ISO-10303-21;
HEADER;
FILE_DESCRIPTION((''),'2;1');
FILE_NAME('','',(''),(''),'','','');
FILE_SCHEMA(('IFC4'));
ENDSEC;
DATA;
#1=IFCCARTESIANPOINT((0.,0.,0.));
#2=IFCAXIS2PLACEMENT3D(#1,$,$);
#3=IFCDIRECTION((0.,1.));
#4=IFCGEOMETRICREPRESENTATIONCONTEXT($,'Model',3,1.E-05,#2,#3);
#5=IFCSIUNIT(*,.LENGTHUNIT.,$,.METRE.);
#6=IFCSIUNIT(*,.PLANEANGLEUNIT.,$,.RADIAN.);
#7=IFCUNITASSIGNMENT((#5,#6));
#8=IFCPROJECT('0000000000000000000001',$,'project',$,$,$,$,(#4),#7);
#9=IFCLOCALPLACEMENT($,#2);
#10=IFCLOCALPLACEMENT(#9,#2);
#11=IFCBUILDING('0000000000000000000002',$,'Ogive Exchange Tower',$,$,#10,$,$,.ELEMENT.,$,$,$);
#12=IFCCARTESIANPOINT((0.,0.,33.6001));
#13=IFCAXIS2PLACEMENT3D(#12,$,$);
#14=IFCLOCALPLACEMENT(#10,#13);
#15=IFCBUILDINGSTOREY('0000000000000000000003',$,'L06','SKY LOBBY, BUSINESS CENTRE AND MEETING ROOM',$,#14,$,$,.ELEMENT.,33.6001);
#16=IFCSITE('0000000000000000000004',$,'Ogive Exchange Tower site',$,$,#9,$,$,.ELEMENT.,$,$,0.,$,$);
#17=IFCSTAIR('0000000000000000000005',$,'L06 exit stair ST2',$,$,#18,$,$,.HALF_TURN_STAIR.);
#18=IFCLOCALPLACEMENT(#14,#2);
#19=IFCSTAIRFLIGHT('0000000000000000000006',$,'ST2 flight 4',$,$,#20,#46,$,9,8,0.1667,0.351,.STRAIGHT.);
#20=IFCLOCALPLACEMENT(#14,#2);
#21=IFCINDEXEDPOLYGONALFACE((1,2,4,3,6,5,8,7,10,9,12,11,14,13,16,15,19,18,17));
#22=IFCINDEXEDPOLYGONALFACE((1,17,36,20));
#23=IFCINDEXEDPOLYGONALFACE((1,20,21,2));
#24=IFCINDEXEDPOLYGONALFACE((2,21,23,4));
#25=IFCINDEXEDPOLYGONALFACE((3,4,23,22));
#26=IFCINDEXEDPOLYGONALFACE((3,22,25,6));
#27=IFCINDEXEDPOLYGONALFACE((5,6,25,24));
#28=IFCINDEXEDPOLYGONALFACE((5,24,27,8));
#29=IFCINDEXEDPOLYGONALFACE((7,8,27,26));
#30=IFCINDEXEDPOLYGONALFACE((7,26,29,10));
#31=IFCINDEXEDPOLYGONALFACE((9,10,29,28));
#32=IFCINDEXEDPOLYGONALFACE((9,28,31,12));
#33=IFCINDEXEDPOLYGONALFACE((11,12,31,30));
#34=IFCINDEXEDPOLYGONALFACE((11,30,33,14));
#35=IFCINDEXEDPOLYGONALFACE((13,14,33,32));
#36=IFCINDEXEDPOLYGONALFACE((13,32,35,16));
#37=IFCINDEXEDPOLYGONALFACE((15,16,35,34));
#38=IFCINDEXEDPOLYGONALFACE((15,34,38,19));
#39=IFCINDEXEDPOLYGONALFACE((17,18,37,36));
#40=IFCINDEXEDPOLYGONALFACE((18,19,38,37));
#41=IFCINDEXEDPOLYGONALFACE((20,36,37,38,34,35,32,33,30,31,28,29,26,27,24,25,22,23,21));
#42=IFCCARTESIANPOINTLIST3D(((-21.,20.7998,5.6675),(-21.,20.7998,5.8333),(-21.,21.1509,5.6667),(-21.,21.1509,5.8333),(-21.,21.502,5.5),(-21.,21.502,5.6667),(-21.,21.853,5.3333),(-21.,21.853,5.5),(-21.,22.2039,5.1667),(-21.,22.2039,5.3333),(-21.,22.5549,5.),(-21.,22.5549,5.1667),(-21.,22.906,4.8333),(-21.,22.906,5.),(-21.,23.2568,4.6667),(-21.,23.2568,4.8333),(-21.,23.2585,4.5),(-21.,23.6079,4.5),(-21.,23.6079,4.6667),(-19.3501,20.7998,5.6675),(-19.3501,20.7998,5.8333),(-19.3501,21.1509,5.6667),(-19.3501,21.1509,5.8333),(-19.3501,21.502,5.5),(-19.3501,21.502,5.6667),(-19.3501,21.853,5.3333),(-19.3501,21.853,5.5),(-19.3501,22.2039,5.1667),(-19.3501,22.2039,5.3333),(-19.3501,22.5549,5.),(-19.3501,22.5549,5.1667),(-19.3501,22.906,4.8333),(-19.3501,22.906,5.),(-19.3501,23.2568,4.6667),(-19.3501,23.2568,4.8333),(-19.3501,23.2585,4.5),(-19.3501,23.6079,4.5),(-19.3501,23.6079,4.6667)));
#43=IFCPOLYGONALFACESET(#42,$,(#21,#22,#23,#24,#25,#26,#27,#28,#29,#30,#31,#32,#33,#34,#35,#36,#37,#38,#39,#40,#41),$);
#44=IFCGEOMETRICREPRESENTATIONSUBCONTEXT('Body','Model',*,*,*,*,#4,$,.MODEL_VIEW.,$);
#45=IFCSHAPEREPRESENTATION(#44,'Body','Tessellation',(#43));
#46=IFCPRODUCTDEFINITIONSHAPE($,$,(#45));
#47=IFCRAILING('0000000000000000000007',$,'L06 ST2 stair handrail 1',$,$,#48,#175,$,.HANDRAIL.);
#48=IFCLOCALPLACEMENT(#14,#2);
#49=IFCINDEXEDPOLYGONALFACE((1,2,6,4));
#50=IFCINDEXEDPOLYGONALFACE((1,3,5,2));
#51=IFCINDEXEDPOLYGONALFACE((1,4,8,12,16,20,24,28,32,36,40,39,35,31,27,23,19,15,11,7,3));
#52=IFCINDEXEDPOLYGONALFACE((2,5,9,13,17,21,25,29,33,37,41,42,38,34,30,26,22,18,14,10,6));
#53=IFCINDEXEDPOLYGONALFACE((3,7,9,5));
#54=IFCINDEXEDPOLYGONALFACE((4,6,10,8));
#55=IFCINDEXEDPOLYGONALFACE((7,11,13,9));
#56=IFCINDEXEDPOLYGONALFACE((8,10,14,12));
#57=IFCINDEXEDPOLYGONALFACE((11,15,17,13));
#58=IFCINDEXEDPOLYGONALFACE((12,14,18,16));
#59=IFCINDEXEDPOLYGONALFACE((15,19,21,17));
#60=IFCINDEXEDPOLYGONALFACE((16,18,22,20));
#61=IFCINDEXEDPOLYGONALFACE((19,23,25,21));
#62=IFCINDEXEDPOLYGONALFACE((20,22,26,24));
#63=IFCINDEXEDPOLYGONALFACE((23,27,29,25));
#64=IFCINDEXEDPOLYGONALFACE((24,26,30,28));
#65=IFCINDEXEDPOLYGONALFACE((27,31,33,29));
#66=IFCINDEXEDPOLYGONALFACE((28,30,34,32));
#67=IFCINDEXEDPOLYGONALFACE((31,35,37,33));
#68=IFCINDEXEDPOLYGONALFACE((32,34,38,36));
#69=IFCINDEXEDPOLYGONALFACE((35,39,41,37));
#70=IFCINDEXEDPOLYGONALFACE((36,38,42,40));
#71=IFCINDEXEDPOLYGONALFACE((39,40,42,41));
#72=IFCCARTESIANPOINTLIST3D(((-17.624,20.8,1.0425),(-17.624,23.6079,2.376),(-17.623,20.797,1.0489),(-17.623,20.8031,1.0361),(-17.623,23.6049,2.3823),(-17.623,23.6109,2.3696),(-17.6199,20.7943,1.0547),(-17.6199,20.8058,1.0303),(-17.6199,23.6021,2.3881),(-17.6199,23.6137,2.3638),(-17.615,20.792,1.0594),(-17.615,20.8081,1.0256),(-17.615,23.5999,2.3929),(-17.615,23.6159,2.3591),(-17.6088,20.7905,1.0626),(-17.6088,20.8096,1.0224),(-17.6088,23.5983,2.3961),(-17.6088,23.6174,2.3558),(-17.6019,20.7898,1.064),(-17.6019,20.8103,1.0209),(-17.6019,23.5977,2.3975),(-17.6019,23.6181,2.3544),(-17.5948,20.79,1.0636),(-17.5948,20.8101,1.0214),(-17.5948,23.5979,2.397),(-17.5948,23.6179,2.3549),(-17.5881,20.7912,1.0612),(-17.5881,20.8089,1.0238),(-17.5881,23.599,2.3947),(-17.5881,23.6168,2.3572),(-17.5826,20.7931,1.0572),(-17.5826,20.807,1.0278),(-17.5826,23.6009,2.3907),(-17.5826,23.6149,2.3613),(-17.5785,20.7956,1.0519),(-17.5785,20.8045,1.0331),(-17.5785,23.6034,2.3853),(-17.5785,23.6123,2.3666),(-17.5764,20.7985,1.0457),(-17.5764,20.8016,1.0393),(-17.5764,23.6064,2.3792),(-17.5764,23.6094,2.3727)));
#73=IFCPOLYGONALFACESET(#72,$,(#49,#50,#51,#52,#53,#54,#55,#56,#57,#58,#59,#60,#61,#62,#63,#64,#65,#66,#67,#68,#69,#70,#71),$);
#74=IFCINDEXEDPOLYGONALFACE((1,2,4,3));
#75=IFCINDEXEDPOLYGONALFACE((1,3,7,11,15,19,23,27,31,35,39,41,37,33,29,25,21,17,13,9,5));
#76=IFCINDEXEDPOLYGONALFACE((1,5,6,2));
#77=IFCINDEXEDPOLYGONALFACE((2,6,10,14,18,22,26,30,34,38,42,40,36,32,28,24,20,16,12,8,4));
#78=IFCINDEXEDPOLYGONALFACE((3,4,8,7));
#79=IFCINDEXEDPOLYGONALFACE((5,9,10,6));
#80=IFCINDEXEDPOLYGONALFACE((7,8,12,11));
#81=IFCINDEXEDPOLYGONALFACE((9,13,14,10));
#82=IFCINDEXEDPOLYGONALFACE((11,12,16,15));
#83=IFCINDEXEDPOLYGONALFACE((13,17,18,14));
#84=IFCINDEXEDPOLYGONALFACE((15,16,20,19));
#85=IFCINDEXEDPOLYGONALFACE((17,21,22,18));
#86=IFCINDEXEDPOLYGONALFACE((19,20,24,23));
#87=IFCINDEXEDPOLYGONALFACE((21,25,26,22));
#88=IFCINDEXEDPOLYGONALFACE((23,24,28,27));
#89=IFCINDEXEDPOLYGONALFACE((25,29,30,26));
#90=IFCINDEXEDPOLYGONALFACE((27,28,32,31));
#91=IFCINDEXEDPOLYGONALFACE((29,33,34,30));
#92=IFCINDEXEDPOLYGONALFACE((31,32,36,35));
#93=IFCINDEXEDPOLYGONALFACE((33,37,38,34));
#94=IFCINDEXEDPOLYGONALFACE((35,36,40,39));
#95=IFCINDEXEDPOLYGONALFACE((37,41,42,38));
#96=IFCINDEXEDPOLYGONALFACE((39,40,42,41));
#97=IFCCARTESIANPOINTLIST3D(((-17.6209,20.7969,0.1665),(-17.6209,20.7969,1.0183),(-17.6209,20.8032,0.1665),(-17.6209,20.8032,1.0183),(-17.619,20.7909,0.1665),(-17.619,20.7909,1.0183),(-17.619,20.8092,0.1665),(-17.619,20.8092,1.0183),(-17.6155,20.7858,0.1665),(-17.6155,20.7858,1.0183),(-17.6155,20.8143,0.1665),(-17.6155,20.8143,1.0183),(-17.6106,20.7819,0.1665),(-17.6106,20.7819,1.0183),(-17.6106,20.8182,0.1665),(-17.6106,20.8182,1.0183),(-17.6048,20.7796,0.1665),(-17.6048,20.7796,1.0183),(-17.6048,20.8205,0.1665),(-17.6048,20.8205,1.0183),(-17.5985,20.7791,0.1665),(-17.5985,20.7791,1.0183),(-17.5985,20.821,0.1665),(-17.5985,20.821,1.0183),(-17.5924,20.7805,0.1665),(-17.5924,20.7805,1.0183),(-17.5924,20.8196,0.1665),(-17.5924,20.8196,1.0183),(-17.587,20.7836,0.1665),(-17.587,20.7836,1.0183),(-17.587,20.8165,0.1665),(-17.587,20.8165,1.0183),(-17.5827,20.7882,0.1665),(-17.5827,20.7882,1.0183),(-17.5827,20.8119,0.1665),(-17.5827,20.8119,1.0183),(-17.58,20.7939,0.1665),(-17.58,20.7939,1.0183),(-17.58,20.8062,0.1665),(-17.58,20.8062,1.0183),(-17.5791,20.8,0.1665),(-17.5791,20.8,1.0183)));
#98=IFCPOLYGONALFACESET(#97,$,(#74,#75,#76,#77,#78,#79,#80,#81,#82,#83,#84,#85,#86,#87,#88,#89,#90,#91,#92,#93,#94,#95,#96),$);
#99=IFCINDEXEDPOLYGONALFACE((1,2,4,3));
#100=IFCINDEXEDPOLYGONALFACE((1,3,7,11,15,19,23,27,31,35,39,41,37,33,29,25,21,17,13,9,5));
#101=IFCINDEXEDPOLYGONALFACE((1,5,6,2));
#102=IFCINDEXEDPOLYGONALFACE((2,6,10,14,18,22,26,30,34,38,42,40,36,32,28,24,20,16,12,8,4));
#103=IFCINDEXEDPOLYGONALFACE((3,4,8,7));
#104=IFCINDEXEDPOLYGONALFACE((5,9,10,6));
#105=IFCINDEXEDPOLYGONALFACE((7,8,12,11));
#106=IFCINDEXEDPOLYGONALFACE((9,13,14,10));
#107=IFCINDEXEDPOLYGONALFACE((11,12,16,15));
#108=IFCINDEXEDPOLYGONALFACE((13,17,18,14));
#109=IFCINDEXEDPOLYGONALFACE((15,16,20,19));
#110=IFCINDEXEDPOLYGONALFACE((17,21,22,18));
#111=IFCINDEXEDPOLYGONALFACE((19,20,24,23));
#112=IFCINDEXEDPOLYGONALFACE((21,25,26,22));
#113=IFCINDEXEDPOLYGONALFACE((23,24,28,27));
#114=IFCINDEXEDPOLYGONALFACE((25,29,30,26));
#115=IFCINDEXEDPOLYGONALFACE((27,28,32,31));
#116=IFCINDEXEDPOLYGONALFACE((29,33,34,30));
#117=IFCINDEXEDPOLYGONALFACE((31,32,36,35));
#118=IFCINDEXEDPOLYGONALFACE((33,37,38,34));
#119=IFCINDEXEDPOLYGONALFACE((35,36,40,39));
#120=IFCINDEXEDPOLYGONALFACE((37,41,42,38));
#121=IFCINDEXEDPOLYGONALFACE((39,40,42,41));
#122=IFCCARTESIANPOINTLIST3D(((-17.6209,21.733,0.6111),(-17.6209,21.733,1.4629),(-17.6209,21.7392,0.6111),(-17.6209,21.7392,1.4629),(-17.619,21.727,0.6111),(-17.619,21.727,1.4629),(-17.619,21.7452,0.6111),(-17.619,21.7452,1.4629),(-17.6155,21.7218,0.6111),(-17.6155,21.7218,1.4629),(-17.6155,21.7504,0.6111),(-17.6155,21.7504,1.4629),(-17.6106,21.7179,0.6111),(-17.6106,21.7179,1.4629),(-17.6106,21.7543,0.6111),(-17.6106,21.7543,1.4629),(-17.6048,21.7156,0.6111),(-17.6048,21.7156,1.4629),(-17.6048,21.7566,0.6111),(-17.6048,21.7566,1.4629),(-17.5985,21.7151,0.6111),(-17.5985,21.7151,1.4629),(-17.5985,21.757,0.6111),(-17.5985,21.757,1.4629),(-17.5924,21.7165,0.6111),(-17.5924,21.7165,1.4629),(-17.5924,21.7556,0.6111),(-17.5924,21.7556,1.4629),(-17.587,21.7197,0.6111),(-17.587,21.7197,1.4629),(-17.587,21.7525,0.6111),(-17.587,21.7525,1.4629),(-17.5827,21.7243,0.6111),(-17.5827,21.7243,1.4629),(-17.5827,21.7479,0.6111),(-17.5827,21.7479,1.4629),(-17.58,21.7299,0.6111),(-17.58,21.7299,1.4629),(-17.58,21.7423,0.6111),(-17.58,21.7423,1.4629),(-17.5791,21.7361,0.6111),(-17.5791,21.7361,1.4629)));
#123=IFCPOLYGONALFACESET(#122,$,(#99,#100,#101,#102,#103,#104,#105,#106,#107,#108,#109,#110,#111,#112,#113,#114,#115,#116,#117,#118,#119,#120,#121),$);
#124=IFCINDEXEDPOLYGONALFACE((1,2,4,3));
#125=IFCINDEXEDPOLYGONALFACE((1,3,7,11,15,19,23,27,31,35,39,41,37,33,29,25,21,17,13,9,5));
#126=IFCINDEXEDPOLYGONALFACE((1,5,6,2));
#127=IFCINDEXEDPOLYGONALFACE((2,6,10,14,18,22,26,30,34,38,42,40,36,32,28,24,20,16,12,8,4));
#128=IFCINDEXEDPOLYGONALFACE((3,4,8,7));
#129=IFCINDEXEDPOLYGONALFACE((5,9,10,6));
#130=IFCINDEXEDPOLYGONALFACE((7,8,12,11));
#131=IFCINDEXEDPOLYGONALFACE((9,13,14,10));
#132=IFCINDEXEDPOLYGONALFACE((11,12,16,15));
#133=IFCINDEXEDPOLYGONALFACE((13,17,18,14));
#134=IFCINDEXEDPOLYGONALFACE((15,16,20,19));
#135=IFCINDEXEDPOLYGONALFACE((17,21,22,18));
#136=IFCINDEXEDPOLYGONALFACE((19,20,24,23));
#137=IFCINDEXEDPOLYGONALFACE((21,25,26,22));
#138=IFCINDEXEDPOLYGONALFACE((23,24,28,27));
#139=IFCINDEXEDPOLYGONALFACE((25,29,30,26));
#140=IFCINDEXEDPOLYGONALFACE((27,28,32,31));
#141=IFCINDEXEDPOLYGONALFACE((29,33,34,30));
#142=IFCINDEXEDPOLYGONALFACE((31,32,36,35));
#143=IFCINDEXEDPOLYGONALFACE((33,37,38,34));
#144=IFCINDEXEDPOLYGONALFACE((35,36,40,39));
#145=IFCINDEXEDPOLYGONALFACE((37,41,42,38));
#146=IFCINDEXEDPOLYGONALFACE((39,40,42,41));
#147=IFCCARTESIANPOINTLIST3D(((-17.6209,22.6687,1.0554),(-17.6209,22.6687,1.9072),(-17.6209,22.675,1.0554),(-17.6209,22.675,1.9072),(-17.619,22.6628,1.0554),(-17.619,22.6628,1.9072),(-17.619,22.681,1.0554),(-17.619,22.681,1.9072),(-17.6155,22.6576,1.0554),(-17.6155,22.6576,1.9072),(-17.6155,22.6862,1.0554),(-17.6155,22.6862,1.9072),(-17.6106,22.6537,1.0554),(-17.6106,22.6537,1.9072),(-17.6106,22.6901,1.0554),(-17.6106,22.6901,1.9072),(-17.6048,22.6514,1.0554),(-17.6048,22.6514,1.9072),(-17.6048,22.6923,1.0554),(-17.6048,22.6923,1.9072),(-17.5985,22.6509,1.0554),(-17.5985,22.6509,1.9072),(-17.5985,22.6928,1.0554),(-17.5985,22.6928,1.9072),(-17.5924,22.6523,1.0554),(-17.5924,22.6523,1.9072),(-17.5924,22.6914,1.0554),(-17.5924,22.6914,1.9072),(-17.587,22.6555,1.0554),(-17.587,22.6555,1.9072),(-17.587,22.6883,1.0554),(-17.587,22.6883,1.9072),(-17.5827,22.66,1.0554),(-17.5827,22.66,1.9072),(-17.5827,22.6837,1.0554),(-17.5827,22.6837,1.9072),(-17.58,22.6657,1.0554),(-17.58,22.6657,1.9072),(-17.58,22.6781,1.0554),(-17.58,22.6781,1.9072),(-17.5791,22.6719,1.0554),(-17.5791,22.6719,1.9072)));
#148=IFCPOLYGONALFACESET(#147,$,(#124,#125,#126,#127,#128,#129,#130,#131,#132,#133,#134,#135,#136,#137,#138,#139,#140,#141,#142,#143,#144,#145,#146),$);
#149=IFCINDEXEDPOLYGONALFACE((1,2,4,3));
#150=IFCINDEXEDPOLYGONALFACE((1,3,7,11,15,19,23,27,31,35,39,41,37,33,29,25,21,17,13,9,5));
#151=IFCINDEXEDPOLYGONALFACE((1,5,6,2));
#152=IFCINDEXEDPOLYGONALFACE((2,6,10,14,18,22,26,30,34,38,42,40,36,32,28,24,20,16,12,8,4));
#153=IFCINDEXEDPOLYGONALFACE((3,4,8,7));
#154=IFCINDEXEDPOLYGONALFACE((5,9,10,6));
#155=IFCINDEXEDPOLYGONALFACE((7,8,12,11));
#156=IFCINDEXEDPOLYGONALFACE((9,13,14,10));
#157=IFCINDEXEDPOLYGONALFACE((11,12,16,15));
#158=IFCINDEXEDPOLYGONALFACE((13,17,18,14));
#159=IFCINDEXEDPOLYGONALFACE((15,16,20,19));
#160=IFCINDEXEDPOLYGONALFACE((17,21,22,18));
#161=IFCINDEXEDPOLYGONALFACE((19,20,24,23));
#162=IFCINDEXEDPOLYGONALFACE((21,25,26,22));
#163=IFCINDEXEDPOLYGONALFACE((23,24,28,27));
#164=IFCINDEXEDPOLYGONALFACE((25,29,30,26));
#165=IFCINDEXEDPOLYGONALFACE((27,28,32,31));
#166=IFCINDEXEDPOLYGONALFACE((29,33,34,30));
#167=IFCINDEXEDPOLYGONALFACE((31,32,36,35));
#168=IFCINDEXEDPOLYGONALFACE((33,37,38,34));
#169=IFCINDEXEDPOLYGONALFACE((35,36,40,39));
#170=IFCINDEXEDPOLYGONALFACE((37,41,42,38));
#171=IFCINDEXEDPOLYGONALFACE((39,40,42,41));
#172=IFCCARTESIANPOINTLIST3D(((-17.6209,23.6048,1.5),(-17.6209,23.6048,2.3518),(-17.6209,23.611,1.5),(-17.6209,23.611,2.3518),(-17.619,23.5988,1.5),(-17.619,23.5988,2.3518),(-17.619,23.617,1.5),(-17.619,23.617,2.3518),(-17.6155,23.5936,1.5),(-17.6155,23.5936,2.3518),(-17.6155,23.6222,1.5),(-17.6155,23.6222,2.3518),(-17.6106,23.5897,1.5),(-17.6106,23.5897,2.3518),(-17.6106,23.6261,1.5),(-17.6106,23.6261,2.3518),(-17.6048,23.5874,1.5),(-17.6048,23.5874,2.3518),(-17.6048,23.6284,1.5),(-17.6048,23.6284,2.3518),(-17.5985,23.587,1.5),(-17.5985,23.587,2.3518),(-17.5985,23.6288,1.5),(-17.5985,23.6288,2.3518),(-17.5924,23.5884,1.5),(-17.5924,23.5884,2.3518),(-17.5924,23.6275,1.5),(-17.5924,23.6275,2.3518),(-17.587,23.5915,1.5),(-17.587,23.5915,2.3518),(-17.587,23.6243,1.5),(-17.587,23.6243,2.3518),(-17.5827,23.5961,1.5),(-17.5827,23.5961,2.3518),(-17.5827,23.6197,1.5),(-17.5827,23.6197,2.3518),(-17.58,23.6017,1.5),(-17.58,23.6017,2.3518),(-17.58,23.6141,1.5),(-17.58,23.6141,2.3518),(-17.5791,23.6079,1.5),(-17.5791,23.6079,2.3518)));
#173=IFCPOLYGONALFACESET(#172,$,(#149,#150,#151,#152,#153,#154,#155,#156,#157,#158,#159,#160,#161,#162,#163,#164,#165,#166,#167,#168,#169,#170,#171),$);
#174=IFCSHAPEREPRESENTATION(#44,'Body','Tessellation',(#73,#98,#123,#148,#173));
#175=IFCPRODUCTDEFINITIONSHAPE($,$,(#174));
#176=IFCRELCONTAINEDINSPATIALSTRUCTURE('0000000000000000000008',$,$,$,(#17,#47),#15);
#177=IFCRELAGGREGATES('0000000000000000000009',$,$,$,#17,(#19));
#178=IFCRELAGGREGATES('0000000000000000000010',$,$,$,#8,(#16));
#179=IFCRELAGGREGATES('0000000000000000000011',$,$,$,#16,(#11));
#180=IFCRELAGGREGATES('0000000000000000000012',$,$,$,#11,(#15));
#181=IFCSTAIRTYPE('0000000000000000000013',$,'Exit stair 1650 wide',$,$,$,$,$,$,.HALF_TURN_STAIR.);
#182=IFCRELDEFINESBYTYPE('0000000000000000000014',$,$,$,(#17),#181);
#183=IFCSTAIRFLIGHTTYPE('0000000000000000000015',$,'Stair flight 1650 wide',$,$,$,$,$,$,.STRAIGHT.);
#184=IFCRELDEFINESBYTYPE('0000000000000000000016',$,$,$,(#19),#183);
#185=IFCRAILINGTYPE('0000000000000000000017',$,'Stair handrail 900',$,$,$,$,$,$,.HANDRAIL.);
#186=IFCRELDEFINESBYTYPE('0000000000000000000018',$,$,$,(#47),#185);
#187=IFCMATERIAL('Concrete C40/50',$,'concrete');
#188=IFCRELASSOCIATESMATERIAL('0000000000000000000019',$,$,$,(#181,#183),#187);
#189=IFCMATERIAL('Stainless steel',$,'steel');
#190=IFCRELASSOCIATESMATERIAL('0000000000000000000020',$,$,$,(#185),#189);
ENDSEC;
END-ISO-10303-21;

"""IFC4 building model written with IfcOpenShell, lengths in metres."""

from ifc_helpers import new_model, si_unit, direction, frame, origin, origin_2d, place, context, subcontext, project, spatial, polyline, circle, outline, extrude, material, type_object, element, aggregate, save


model = new_model("IFC4")

# Units and contexts
model_context = context("Model", 3, precision=1e-05, world=origin(), true_north=direction((0.0, 1.0)))
body_context = subcontext(model_context, "Body", "Model", "MODEL_VIEW")
ifc_project = project(units=[si_unit("LENGTHUNIT", "METRE"), si_unit("PLANEANGLEUNIT", "RADIAN")], contexts=[model_context])

# Site, building, storey
site_placement = place(None, origin())
site = spatial("IfcSite", under=ifc_project, at=site_placement, Name="Ogive Exchange Tower site", CompositionType="ELEMENT", RefElevation=0.0)
building_placement = place(site_placement, origin())
building = spatial("IfcBuilding", under=site, at=building_placement, Name="Ogive Exchange Tower", CompositionType="ELEMENT")
storey_placement = place(building_placement, frame((0.0, 0.0, 33.6001)))
storey = spatial("IfcBuildingStorey", under=building, at=storey_placement, Name="L06", Description="SKY LOBBY, BUSINESS CENTRE AND MEETING ROOM", CompositionType="ELEMENT", Elevation=33.6001)

# Stair, stair flight
ifc_material_1 = material(Name="Concrete C40/50", Category="concrete")
stair_type = type_object("IfcStairType", Name="Exit stair 1650 wide", PredefinedType="HALF_TURN_STAIR", material=ifc_material_1)
stair_placement = place(storey_placement, origin())
stair = element("IfcStair", 1, at=stair_placement, inside=storey, type_object=stair_type, Name="L06 exit stair ST2", PredefinedType="HALF_TURN_STAIR")
stair_flight_type = type_object("IfcStairFlightType", Name="Stair flight 1650 wide", PredefinedType="STRAIGHT", material=ifc_material_1)
stair_flight_1_placement = place(storey_placement, frame((-20.175, 23.6079, 4.5), z_axis=(0.0, 0.0, 1.0), x_axis=(0.0, -1.0, 0.0)))
stair_flight_1 = element("IfcStairFlight", 2, at=stair_flight_1_placement, type_object=stair_flight_type, Name="ST2 flight 4", NumberOfRisers=9, NumberOfTreads=8, PredefinedType="STRAIGHT", RiserHeight=0.1667, TreadLength=0.351, context=body_context, shape_type="SweptSolid", body=[
    extrude(outline(polyline([(0.0, 0.0), (0.0, 0.1667), (0.3511, 0.1667), (0.3511, 0.3333), (0.7019, 0.3333), (0.7019, 0.5), (1.053, 0.5), (1.053, 0.6667), (1.4041, 0.6667), (1.4041, 0.8333), (1.7549, 0.8333), (1.7549, 1.0), (2.106, 1.0), (2.106, 1.1667), (2.457, 1.1667), (2.457, 1.3333), (2.8081, 1.3333), (2.8081, 1.5), (2.8081, 1.1675), (0.3494, 0.0), (0.0, 0.0)])), frame((0.0, 0.825, 0.0), z_axis=(0.0, -1.0, 0.0), x_axis=(1.0, 0.0, 0.0)), (0.0, 0.0, 1.0), 1.6499),
])
aggregate(stair, [stair_flight_1])

# Railing
ifc_material_2 = material(Name="Stainless steel", Category="steel")
railing_type = type_object("IfcRailingType", Name="Stair handrail 900", PredefinedType="HANDRAIL", material=ifc_material_2)
railing_1_placement = place(storey_placement, frame((-17.6001, 20.8, 0.1665)))
element("IfcRailing", 3, at=railing_1_placement, inside=storey, type_object=railing_type, Name="L06 ST2 stair handrail 1", PredefinedType="HANDRAIL", context=body_context, shape_type="SweptSolid", body=[
    extrude(circle(Radius=0.0239, at=origin_2d()), frame((0.0, 0.0, 0.876), z_axis=(0.0, 0.903307, 0.428994), x_axis=(-1.0, 0.0, 0.0)), (0.0, 0.0, 1.0), 3.1084),
    extrude(circle(Radius=0.021, at=origin_2d()), origin(), (0.0, 0.0, 1.0), 0.8518),
    extrude(circle(Radius=0.021, at=origin_2d()), frame((0.0, 0.936, 0.4446)), (0.0, 0.0, 1.0), 0.8518),
    extrude(circle(Radius=0.021, at=origin_2d()), frame((0.0, 1.8718, 0.8889)), (0.0, 0.0, 1.0), 0.8518),
    extrude(circle(Radius=0.021, at=origin_2d()), frame((0.0, 2.8079, 1.3335)), (0.0, 0.0, 1.0), 0.8518),
])

save(model, "model.ifc")
